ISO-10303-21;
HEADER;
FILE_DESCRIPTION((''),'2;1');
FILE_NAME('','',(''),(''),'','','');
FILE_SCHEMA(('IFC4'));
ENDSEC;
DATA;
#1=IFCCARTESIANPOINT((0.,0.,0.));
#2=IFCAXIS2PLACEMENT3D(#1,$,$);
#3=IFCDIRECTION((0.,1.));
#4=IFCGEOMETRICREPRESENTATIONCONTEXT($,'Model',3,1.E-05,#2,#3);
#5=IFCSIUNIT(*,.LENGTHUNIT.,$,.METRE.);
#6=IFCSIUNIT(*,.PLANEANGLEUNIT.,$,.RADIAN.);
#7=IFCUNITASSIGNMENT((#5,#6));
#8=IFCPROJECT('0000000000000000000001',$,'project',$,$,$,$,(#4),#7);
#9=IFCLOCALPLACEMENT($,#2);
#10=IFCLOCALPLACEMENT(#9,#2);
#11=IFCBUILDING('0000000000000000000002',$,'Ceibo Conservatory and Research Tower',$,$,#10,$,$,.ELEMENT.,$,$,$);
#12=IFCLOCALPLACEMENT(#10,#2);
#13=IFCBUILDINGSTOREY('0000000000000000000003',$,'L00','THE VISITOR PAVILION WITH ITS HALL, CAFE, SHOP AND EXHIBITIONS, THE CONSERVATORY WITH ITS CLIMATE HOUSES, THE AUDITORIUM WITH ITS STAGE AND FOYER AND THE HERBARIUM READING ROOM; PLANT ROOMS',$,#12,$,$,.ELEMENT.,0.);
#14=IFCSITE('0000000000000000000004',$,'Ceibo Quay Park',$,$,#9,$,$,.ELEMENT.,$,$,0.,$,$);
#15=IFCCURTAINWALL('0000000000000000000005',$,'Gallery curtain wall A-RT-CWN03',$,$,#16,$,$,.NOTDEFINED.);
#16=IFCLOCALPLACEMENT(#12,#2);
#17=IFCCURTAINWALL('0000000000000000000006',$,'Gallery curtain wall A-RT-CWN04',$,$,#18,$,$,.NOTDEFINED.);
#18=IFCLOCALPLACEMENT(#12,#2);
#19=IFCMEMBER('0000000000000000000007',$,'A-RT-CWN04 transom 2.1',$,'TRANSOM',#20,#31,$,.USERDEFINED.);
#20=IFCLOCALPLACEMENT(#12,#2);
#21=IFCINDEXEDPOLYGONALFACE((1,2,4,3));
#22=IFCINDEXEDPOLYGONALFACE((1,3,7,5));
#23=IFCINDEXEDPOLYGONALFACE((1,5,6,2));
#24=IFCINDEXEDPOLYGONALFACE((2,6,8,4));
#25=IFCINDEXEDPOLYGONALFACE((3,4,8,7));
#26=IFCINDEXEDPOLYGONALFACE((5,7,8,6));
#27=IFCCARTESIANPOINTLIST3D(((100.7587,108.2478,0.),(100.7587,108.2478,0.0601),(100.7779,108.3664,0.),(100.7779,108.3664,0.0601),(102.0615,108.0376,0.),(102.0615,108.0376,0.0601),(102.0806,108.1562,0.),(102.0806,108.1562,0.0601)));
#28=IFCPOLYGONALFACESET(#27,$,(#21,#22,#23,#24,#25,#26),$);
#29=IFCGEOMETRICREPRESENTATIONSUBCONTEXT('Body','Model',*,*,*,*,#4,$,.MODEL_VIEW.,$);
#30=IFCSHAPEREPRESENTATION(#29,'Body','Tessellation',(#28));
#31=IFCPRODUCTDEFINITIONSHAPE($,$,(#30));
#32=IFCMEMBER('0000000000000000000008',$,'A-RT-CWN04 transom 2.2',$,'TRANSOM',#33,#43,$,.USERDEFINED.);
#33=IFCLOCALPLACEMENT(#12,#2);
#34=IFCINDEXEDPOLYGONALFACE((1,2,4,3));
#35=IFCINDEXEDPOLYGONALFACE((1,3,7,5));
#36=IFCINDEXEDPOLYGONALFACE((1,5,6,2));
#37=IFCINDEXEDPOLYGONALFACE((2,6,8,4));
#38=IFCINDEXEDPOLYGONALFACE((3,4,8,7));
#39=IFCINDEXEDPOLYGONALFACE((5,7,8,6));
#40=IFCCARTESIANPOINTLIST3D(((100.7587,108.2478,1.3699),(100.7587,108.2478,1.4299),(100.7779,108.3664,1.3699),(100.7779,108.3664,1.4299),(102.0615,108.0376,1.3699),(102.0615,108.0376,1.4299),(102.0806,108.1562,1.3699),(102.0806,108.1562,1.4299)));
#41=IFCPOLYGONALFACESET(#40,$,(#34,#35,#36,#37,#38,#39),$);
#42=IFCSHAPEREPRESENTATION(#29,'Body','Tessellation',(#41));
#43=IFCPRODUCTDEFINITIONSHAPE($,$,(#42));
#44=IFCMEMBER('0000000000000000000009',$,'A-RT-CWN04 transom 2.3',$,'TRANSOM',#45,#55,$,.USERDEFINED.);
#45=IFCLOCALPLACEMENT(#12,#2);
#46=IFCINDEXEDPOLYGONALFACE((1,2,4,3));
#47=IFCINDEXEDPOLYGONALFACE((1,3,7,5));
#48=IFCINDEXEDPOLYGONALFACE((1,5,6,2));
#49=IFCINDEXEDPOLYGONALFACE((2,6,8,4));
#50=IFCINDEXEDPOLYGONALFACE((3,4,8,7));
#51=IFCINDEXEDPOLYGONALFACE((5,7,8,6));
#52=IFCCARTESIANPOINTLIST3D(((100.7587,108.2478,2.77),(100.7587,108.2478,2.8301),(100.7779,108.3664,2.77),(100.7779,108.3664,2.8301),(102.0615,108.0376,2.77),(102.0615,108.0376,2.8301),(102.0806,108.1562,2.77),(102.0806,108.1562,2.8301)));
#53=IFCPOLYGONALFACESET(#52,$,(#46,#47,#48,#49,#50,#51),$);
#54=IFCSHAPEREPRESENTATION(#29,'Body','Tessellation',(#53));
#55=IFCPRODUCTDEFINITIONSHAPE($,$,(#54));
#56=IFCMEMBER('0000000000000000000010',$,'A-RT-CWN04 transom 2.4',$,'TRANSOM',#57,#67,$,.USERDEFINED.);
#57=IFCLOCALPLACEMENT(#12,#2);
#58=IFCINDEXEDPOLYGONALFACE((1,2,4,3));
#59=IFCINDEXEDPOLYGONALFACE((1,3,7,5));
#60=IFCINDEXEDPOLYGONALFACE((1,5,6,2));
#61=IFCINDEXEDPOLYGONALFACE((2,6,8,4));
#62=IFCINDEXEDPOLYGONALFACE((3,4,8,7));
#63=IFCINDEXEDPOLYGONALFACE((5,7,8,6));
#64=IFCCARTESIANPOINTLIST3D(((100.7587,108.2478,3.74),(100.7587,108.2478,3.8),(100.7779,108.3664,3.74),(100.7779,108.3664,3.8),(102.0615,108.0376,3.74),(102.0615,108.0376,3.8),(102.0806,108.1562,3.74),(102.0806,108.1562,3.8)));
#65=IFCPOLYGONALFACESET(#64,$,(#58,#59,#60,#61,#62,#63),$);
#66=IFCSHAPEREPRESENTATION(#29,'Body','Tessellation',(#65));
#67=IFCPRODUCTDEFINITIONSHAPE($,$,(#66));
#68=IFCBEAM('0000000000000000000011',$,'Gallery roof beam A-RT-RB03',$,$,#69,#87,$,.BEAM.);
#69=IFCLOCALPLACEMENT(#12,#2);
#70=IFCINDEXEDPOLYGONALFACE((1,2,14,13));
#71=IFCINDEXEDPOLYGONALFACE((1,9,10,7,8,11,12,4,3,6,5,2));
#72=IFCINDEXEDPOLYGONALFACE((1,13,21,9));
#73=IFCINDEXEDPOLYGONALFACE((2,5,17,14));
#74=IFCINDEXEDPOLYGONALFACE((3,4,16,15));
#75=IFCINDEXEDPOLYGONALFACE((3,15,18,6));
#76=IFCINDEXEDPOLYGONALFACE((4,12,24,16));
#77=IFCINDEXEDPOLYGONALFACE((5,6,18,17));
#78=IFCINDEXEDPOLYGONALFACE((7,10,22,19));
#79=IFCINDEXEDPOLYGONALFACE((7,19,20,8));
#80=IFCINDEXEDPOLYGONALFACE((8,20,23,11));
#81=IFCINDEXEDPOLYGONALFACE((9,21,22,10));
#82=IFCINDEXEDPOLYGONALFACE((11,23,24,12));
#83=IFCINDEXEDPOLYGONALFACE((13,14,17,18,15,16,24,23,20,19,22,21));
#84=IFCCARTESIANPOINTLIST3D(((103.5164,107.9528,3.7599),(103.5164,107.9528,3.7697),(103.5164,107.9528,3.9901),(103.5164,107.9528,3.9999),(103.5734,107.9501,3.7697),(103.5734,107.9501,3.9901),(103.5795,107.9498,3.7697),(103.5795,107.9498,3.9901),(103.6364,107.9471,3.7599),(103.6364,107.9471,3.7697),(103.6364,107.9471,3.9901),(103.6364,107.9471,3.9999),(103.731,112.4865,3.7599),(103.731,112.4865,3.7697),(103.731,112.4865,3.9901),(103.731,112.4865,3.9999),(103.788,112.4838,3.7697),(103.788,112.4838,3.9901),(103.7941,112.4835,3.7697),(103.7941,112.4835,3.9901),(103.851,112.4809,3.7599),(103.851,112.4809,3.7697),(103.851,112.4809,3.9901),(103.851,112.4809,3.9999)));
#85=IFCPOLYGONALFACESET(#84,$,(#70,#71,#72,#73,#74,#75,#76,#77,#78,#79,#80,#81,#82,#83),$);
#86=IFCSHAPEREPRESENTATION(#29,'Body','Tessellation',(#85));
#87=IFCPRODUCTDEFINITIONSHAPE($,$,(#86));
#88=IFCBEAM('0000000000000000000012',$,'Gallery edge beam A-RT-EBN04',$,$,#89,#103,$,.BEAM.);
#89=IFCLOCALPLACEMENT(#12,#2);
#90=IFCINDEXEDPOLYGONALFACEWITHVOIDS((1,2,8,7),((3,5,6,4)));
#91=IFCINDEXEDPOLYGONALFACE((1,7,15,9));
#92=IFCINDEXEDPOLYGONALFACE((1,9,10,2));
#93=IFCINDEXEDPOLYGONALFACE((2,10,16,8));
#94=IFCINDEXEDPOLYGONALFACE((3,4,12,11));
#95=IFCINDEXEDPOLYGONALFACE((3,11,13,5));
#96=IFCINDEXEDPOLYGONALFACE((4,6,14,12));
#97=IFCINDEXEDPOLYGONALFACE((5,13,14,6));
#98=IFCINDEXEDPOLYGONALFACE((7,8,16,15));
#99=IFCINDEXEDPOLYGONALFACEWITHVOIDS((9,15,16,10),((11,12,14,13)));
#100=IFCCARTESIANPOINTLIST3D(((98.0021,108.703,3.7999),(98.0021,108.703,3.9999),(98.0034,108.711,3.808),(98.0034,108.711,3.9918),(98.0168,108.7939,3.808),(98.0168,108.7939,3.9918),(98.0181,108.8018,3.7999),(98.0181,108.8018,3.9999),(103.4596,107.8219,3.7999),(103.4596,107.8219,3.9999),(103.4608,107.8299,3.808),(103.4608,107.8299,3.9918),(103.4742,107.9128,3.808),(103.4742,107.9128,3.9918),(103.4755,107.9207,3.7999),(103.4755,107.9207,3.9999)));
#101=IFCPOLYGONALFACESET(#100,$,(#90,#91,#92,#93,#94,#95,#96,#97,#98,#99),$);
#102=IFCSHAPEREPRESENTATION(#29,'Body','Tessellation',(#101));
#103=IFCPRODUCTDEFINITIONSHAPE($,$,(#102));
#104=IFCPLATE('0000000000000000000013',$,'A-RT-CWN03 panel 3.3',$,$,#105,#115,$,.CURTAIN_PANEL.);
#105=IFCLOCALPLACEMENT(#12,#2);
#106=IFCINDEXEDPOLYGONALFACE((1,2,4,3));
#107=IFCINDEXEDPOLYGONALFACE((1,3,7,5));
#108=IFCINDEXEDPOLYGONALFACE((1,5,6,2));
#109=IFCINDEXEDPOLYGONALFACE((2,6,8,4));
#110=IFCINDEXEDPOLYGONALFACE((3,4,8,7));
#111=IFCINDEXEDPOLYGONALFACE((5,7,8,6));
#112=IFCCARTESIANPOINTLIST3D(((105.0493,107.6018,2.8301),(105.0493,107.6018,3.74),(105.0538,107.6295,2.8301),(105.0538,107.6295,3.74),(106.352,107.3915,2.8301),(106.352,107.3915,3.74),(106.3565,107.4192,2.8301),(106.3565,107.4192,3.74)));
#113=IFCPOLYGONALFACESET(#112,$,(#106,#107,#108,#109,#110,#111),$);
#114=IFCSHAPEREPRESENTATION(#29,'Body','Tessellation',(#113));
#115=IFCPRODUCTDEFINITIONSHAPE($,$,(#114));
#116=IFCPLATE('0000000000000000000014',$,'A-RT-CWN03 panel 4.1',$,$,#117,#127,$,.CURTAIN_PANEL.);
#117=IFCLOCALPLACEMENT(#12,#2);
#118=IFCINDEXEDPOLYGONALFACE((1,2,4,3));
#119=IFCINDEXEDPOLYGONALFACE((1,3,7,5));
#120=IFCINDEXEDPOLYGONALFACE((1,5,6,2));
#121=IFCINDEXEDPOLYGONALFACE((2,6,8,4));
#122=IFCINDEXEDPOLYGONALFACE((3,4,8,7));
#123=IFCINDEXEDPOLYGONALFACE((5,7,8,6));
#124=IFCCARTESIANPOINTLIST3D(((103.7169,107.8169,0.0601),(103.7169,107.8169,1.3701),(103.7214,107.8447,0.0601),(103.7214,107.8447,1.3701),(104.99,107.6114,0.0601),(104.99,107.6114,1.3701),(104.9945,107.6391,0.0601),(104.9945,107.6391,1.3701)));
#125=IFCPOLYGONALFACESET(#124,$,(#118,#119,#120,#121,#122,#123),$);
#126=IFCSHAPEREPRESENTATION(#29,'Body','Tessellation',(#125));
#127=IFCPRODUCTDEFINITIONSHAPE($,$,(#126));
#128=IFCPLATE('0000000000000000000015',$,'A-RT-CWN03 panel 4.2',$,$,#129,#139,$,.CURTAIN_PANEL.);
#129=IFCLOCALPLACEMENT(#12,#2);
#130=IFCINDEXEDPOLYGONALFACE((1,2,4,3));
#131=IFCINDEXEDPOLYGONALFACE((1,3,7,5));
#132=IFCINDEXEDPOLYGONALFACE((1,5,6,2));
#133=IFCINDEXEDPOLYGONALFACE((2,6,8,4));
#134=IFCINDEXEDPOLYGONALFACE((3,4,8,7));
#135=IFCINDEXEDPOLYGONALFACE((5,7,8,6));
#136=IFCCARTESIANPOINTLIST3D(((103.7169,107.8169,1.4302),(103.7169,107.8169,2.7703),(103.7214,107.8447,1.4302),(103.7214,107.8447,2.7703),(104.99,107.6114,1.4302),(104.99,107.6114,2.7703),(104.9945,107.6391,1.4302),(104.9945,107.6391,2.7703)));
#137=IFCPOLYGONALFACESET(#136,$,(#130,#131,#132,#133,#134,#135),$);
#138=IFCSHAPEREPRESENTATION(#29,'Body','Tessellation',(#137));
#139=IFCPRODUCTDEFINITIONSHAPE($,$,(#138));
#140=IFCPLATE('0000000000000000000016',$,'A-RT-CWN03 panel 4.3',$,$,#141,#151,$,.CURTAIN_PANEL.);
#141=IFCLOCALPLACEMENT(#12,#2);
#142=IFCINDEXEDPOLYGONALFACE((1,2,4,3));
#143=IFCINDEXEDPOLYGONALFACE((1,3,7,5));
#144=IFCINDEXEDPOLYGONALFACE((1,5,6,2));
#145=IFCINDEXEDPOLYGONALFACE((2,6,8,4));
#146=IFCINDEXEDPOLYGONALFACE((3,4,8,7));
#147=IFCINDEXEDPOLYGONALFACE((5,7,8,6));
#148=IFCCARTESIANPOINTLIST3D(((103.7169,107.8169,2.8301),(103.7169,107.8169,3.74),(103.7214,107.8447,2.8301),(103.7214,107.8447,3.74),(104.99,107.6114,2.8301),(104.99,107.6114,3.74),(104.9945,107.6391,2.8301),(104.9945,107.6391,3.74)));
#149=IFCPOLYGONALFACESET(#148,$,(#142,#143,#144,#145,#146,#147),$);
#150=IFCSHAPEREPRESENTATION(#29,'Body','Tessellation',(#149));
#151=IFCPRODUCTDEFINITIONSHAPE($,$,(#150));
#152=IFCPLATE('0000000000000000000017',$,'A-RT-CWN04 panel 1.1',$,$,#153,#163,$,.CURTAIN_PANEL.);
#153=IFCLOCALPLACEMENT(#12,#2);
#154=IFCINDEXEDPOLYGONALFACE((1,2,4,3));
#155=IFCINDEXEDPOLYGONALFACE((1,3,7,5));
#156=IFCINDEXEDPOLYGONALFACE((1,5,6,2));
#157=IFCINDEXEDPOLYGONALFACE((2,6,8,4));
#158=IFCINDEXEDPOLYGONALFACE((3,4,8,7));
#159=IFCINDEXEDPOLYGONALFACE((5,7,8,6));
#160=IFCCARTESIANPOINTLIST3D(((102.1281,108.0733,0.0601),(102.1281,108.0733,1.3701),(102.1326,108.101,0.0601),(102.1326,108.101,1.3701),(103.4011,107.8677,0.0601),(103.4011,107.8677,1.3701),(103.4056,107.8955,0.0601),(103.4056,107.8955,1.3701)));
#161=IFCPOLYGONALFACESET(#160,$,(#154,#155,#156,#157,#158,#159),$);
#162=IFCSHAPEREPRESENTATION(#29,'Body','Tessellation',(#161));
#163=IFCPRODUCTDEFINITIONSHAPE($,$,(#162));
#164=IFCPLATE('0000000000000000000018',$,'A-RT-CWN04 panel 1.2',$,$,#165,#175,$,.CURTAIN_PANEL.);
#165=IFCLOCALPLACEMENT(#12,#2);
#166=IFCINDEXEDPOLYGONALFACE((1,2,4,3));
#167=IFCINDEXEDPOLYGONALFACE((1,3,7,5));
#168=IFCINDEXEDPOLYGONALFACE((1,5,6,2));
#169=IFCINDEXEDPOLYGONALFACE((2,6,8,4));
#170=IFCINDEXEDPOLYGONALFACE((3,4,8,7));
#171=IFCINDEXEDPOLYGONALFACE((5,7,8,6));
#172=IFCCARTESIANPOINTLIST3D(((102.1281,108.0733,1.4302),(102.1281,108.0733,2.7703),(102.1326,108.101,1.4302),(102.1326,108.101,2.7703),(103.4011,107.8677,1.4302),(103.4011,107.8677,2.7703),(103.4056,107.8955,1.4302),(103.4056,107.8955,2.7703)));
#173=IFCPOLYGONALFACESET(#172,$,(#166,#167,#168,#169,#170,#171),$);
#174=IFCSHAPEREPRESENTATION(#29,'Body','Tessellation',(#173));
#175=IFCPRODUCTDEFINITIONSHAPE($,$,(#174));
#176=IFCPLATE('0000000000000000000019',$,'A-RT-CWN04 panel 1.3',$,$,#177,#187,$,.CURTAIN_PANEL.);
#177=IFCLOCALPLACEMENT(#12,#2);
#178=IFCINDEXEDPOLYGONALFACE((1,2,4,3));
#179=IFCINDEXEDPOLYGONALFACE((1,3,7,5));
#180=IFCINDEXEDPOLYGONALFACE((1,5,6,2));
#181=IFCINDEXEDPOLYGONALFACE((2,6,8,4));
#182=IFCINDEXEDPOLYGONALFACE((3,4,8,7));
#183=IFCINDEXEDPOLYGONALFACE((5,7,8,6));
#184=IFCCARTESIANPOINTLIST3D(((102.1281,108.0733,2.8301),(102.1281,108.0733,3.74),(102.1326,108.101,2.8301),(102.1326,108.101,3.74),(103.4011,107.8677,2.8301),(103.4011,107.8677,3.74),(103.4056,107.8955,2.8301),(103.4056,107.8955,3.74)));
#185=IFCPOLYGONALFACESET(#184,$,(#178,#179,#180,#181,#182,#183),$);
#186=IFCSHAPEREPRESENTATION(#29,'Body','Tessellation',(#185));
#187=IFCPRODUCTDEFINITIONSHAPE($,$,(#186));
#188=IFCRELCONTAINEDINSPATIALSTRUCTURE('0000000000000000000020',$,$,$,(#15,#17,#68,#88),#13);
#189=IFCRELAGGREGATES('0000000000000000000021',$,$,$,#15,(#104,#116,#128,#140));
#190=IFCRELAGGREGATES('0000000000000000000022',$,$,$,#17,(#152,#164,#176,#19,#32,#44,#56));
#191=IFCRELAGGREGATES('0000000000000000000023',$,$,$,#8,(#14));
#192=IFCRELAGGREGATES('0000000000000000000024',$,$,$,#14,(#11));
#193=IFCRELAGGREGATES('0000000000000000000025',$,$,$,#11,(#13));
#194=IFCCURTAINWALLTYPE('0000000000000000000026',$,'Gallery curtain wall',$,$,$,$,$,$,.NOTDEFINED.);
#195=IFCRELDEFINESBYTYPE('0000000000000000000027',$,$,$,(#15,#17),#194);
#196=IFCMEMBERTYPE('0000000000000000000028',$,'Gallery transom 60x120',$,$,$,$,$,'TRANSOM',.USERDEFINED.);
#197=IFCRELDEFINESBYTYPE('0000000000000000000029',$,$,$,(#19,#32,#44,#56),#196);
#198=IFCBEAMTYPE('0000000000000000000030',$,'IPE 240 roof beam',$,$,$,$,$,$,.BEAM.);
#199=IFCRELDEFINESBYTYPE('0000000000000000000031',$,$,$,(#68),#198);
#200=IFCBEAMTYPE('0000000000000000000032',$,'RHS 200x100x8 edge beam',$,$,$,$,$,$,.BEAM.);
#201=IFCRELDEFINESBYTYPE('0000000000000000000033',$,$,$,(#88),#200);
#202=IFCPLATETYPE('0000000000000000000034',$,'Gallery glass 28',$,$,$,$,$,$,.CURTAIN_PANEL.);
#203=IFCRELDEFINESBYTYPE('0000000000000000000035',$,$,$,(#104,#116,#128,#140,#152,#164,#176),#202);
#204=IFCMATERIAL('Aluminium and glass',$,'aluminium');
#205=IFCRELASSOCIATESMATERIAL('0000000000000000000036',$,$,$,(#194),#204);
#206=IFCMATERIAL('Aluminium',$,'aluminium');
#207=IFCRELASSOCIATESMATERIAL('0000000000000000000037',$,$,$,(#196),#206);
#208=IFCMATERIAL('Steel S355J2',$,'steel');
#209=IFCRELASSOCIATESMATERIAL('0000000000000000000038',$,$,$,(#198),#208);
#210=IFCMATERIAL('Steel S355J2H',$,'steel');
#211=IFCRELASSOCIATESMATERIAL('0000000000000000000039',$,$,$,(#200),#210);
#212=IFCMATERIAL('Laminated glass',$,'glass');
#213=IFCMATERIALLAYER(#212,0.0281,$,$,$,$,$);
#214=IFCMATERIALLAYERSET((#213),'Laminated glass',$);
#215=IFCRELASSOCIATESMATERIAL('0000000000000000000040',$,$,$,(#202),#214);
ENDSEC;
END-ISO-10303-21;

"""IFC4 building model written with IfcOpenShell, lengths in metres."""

from ifc_helpers import new_model, si_unit, direction, frame, origin, origin_2d, place, context, subcontext, project, spatial, rectangle, hollow_rectangle, i_section, extrude, material, layer, layer_set, material_profile, profile_set, type_object, element, aggregate, save


model = new_model("IFC4")

# Units and contexts
model_context = context("Model", 3, precision=1e-05, world=origin(), true_north=direction((0.0, 1.0)))
body_context = subcontext(model_context, "Body", "Model", "MODEL_VIEW")
ifc_project = project(units=[si_unit("LENGTHUNIT", "METRE"), si_unit("PLANEANGLEUNIT", "RADIAN")], contexts=[model_context])

# Site, building, storey
site_placement = place(None, origin())
site = spatial("IfcSite", under=ifc_project, at=site_placement, Name="Ceibo Quay Park", CompositionType="ELEMENT", RefElevation=0.0)
building_placement = place(site_placement, origin())
building = spatial("IfcBuilding", under=site, at=building_placement, Name="Ceibo Conservatory and Research Tower", CompositionType="ELEMENT")
storey_placement = place(building_placement, origin())
storey = spatial("IfcBuildingStorey", under=building, at=storey_placement, Name="L00", Description="THE VISITOR PAVILION WITH ITS HALL, CAFE, SHOP AND EXHIBITIONS, THE CONSERVATORY WITH ITS CLIMATE HOUSES, THE AUDITORIUM WITH ITS STAGE AND FOYER AND THE HERBARIUM READING ROOM; PLANT ROOMS", CompositionType="ELEMENT", Elevation=0.0)

# Shared definitions
ifc_material_1 = material(Name="Steel S355J2H", Category="steel")

# Curtain walls
ifc_material_2 = material(Name="Aluminium and glass", Category="aluminium")
curtain_wall_type = type_object("IfcCurtainWallType", Name="Gallery curtain wall", PredefinedType="NOTDEFINED", material=ifc_material_2)
curtain_wall_1_placement = place(storey_placement, origin())
curtain_wall_1 = element("IfcCurtainWall", 1, at=curtain_wall_1_placement, inside=storey, type_object=curtain_wall_type, Name="Gallery curtain wall A-RT-CWN03", PredefinedType="NOTDEFINED")
ifc_material_3 = material(Name="Aluminium", Category="aluminium")
curtain_wall_2_placement = place(storey_placement, origin())
curtain_wall_2 = element("IfcCurtainWall", 2, at=curtain_wall_2_placement, inside=storey, type_object=curtain_wall_type, Name="Gallery curtain wall A-RT-CWN04", PredefinedType="NOTDEFINED")

# Members
ifc_material_profile_1 = material_profile(ifc_material_3, rectangle(XDim=0.1201, YDim=0.0601, at=origin_2d()), Name="AL 60x120")
ifc_profile_set_1 = profile_set([ifc_material_profile_1], Name="Aluminium")
member_type_1 = type_object("IfcMemberType", Name="Gallery transom 60x120", ElementType="TRANSOM", PredefinedType="USERDEFINED", material=ifc_profile_set_1)
member_1_placement = place(storey_placement, frame((102.071, 108.0969, 0.03), z_axis=(-0.987231, 0.159296, 0.0), x_axis=(-0.159296, -0.987231, 0.0)))
member_1 = element("IfcMember", 3, at=member_1_placement, type_object=member_type_1, Name="A-RT-CWN04 transom 2.1", ObjectType="TRANSOM", PredefinedType="USERDEFINED", context=body_context, shape_type="SweptSolid", body=[
    extrude(rectangle(XDim=0.1201, YDim=0.0601, at=origin_2d()), origin(), (0.0, 0.0, 1.0), 1.3196),
])
member_2_placement = place(storey_placement, frame((102.071, 108.0969, 1.3999), z_axis=(-0.987231, 0.159296, 0.0), x_axis=(-0.159296, -0.987231, 0.0)))
member_2 = element("IfcMember", 4, at=member_2_placement, type_object=member_type_1, Name="A-RT-CWN04 transom 2.2", ObjectType="TRANSOM", PredefinedType="USERDEFINED", context=body_context, shape_type="SweptSolid", body=[
    extrude(rectangle(XDim=0.1201, YDim=0.0601, at=origin_2d()), origin(), (0.0, 0.0, 1.0), 1.3196),
])
member_3_placement = place(storey_placement, frame((102.071, 108.0969, 2.8), z_axis=(-0.987231, 0.159296, 0.0), x_axis=(-0.159296, -0.987231, 0.0)))
member_3 = element("IfcMember", 5, at=member_3_placement, type_object=member_type_1, Name="A-RT-CWN04 transom 2.3", ObjectType="TRANSOM", PredefinedType="USERDEFINED", context=body_context, shape_type="SweptSolid", body=[
    extrude(rectangle(XDim=0.1201, YDim=0.0601, at=origin_2d()), origin(), (0.0, 0.0, 1.0), 1.3196),
])
member_4_placement = place(storey_placement, frame((102.071, 108.0969, 3.77), z_axis=(-0.987231, 0.159296, 0.0), x_axis=(-0.159296, -0.987231, 0.0)))
member_4 = element("IfcMember", 6, at=member_4_placement, type_object=member_type_1, Name="A-RT-CWN04 transom 2.4", ObjectType="TRANSOM", PredefinedType="USERDEFINED", context=body_context, shape_type="SweptSolid", body=[
    extrude(rectangle(XDim=0.1201, YDim=0.0601, at=origin_2d()), origin(), (0.0, 0.0, 1.0), 1.3196),
])

# Beams
ifc_material_4 = material(Name="Steel S355J2", Category="steel")
ifc_material_profile_2 = material_profile(ifc_material_4, i_section(OverallWidth=0.1201, OverallDepth=0.24, WebThickness=0.0061, FlangeThickness=0.0098, at=origin_2d()), Name="IPE 240")
ifc_profile_set_2 = profile_set([ifc_material_profile_2], Name="Steel S355J2")
beam_type_1 = type_object("IfcBeamType", Name="IPE 240 roof beam", PredefinedType="BEAM", material=ifc_profile_set_2)
beam_1_placement = place(storey_placement, frame((103.5764, 107.95, 3.8799), z_axis=(0.047281, 0.998882, 0.0), x_axis=(-0.998882, 0.047281, 0.0)))
element("IfcBeam", 7, at=beam_1_placement, inside=storey, type_object=beam_type_1, Name="Gallery roof beam A-RT-RB03", PredefinedType="BEAM", context=body_context, shape_type="SweptSolid", body=[
    extrude(i_section(OverallWidth=0.1201, OverallDepth=0.24, WebThickness=0.0061, FlangeThickness=0.0098, at=origin_2d()), origin(), (0.0, 0.0, 1.0), 4.5388),
])
ifc_material_profile_3 = material_profile(ifc_material_1, hollow_rectangle(XDim=0.1001, YDim=0.2, WallThickness=0.0081, at=origin_2d()), Name="RHS 200x100x8 edge beam")
ifc_profile_set_3 = profile_set([ifc_material_profile_3], Name="Steel S355J2H")
beam_type_2 = type_object("IfcBeamType", Name="RHS 200x100x8 edge beam", PredefinedType="BEAM", material=ifc_profile_set_3)
beam_2_placement = place(storey_placement, frame((103.4675, 107.8713, 3.8999), z_axis=(-0.987217, 0.159384, 0.0), x_axis=(-0.159384, -0.987217, 0.0)))
element("IfcBeam", 8, at=beam_2_placement, inside=storey, type_object=beam_type_2, Name="Gallery edge beam A-RT-EBN04", PredefinedType="BEAM", context=body_context, shape_type="SweptSolid", body=[
    extrude(hollow_rectangle(XDim=0.1001, YDim=0.2, WallThickness=0.0081, at=origin_2d()), origin(), (0.0, 0.0, 1.0), 5.5281),
])

# Plates
ifc_material_5 = material(Name="Laminated glass", Category="glass")
ifc_layer = layer(ifc_material_5, 0.0281)
ifc_layer_set = layer_set([ifc_layer], Name="Laminated glass")
plate_type = type_object("IfcPlateType", Name="Gallery glass 28", PredefinedType="CURTAIN_PANEL", material=ifc_layer_set)
plate_1_placement = place(storey_placement, frame((105.7029, 107.5105, 2.8301), z_axis=(0.0, 0.0, 1.0), x_axis=(-0.987216, 0.159391, 0.0)))
plate_1 = element("IfcPlate", 9, at=plate_1_placement, type_object=plate_type, Name="A-RT-CWN03 panel 3.3", PredefinedType="CURTAIN_PANEL", context=body_context, shape_type="SweptSolid", body=[
    extrude(rectangle(XDim=1.3196, YDim=0.0281, at=origin_2d()), origin(), (0.0, 0.0, 1.0), 0.9099),
])
plate_2_placement = place(storey_placement, frame((104.3557, 107.728, 0.0601), z_axis=(0.0, 0.0, 1.0), x_axis=(-0.987216, 0.159391, 0.0)))
plate_2 = element("IfcPlate", 10, at=plate_2_placement, type_object=plate_type, Name="A-RT-CWN03 panel 4.1", PredefinedType="CURTAIN_PANEL", context=body_context, shape_type="SweptSolid", body=[
    extrude(rectangle(XDim=1.2896, YDim=0.0281, at=origin_2d()), origin(), (0.0, 0.0, 1.0), 1.3101),
])
plate_3_placement = place(storey_placement, frame((104.3557, 107.728, 1.4302), z_axis=(0.0, 0.0, 1.0), x_axis=(-0.987216, 0.159391, 0.0)))
plate_3 = element("IfcPlate", 11, at=plate_3_placement, type_object=plate_type, Name="A-RT-CWN03 panel 4.2", PredefinedType="CURTAIN_PANEL", context=body_context, shape_type="SweptSolid", body=[
    extrude(rectangle(XDim=1.2896, YDim=0.0281, at=origin_2d()), origin(), (0.0, 0.0, 1.0), 1.3401),
])
plate_4_placement = place(storey_placement, frame((104.3557, 107.728, 2.8301), z_axis=(0.0, 0.0, 1.0), x_axis=(-0.987216, 0.159391, 0.0)))
plate_4 = element("IfcPlate", 12, at=plate_4_placement, type_object=plate_type, Name="A-RT-CWN03 panel 4.3", PredefinedType="CURTAIN_PANEL", context=body_context, shape_type="SweptSolid", body=[
    extrude(rectangle(XDim=1.2896, YDim=0.0281, at=origin_2d()), origin(), (0.0, 0.0, 1.0), 0.9099),
])
aggregate(curtain_wall_1, [plate_1, plate_2, plate_3, plate_4])
plate_5_placement = place(storey_placement, frame((102.7668, 107.9844, 0.0601), z_axis=(0.0, 0.0, 1.0), x_axis=(-0.987216, 0.159391, 0.0)))
plate_5 = element("IfcPlate", 13, at=plate_5_placement, type_object=plate_type, Name="A-RT-CWN04 panel 1.1", PredefinedType="CURTAIN_PANEL", context=body_context, shape_type="SweptSolid", body=[
    extrude(rectangle(XDim=1.2896, YDim=0.0281, at=origin_2d()), origin(), (0.0, 0.0, 1.0), 1.3101),
])
plate_6_placement = place(storey_placement, frame((102.7668, 107.9844, 1.4302), z_axis=(0.0, 0.0, 1.0), x_axis=(-0.987216, 0.159391, 0.0)))
plate_6 = element("IfcPlate", 14, at=plate_6_placement, type_object=plate_type, Name="A-RT-CWN04 panel 1.2", PredefinedType="CURTAIN_PANEL", context=body_context, shape_type="SweptSolid", body=[
    extrude(rectangle(XDim=1.2896, YDim=0.0281, at=origin_2d()), origin(), (0.0, 0.0, 1.0), 1.3401),
])
plate_7_placement = place(storey_placement, frame((102.7668, 107.9844, 2.8301), z_axis=(0.0, 0.0, 1.0), x_axis=(-0.987216, 0.159391, 0.0)))
plate_7 = element("IfcPlate", 15, at=plate_7_placement, type_object=plate_type, Name="A-RT-CWN04 panel 1.3", PredefinedType="CURTAIN_PANEL", context=body_context, shape_type="SweptSolid", body=[
    extrude(rectangle(XDim=1.2896, YDim=0.0281, at=origin_2d()), origin(), (0.0, 0.0, 1.0), 0.9099),
])
aggregate(curtain_wall_2, [plate_5, plate_6, plate_7, member_1, member_2, member_3, member_4])

save(model, "model.ifc")
